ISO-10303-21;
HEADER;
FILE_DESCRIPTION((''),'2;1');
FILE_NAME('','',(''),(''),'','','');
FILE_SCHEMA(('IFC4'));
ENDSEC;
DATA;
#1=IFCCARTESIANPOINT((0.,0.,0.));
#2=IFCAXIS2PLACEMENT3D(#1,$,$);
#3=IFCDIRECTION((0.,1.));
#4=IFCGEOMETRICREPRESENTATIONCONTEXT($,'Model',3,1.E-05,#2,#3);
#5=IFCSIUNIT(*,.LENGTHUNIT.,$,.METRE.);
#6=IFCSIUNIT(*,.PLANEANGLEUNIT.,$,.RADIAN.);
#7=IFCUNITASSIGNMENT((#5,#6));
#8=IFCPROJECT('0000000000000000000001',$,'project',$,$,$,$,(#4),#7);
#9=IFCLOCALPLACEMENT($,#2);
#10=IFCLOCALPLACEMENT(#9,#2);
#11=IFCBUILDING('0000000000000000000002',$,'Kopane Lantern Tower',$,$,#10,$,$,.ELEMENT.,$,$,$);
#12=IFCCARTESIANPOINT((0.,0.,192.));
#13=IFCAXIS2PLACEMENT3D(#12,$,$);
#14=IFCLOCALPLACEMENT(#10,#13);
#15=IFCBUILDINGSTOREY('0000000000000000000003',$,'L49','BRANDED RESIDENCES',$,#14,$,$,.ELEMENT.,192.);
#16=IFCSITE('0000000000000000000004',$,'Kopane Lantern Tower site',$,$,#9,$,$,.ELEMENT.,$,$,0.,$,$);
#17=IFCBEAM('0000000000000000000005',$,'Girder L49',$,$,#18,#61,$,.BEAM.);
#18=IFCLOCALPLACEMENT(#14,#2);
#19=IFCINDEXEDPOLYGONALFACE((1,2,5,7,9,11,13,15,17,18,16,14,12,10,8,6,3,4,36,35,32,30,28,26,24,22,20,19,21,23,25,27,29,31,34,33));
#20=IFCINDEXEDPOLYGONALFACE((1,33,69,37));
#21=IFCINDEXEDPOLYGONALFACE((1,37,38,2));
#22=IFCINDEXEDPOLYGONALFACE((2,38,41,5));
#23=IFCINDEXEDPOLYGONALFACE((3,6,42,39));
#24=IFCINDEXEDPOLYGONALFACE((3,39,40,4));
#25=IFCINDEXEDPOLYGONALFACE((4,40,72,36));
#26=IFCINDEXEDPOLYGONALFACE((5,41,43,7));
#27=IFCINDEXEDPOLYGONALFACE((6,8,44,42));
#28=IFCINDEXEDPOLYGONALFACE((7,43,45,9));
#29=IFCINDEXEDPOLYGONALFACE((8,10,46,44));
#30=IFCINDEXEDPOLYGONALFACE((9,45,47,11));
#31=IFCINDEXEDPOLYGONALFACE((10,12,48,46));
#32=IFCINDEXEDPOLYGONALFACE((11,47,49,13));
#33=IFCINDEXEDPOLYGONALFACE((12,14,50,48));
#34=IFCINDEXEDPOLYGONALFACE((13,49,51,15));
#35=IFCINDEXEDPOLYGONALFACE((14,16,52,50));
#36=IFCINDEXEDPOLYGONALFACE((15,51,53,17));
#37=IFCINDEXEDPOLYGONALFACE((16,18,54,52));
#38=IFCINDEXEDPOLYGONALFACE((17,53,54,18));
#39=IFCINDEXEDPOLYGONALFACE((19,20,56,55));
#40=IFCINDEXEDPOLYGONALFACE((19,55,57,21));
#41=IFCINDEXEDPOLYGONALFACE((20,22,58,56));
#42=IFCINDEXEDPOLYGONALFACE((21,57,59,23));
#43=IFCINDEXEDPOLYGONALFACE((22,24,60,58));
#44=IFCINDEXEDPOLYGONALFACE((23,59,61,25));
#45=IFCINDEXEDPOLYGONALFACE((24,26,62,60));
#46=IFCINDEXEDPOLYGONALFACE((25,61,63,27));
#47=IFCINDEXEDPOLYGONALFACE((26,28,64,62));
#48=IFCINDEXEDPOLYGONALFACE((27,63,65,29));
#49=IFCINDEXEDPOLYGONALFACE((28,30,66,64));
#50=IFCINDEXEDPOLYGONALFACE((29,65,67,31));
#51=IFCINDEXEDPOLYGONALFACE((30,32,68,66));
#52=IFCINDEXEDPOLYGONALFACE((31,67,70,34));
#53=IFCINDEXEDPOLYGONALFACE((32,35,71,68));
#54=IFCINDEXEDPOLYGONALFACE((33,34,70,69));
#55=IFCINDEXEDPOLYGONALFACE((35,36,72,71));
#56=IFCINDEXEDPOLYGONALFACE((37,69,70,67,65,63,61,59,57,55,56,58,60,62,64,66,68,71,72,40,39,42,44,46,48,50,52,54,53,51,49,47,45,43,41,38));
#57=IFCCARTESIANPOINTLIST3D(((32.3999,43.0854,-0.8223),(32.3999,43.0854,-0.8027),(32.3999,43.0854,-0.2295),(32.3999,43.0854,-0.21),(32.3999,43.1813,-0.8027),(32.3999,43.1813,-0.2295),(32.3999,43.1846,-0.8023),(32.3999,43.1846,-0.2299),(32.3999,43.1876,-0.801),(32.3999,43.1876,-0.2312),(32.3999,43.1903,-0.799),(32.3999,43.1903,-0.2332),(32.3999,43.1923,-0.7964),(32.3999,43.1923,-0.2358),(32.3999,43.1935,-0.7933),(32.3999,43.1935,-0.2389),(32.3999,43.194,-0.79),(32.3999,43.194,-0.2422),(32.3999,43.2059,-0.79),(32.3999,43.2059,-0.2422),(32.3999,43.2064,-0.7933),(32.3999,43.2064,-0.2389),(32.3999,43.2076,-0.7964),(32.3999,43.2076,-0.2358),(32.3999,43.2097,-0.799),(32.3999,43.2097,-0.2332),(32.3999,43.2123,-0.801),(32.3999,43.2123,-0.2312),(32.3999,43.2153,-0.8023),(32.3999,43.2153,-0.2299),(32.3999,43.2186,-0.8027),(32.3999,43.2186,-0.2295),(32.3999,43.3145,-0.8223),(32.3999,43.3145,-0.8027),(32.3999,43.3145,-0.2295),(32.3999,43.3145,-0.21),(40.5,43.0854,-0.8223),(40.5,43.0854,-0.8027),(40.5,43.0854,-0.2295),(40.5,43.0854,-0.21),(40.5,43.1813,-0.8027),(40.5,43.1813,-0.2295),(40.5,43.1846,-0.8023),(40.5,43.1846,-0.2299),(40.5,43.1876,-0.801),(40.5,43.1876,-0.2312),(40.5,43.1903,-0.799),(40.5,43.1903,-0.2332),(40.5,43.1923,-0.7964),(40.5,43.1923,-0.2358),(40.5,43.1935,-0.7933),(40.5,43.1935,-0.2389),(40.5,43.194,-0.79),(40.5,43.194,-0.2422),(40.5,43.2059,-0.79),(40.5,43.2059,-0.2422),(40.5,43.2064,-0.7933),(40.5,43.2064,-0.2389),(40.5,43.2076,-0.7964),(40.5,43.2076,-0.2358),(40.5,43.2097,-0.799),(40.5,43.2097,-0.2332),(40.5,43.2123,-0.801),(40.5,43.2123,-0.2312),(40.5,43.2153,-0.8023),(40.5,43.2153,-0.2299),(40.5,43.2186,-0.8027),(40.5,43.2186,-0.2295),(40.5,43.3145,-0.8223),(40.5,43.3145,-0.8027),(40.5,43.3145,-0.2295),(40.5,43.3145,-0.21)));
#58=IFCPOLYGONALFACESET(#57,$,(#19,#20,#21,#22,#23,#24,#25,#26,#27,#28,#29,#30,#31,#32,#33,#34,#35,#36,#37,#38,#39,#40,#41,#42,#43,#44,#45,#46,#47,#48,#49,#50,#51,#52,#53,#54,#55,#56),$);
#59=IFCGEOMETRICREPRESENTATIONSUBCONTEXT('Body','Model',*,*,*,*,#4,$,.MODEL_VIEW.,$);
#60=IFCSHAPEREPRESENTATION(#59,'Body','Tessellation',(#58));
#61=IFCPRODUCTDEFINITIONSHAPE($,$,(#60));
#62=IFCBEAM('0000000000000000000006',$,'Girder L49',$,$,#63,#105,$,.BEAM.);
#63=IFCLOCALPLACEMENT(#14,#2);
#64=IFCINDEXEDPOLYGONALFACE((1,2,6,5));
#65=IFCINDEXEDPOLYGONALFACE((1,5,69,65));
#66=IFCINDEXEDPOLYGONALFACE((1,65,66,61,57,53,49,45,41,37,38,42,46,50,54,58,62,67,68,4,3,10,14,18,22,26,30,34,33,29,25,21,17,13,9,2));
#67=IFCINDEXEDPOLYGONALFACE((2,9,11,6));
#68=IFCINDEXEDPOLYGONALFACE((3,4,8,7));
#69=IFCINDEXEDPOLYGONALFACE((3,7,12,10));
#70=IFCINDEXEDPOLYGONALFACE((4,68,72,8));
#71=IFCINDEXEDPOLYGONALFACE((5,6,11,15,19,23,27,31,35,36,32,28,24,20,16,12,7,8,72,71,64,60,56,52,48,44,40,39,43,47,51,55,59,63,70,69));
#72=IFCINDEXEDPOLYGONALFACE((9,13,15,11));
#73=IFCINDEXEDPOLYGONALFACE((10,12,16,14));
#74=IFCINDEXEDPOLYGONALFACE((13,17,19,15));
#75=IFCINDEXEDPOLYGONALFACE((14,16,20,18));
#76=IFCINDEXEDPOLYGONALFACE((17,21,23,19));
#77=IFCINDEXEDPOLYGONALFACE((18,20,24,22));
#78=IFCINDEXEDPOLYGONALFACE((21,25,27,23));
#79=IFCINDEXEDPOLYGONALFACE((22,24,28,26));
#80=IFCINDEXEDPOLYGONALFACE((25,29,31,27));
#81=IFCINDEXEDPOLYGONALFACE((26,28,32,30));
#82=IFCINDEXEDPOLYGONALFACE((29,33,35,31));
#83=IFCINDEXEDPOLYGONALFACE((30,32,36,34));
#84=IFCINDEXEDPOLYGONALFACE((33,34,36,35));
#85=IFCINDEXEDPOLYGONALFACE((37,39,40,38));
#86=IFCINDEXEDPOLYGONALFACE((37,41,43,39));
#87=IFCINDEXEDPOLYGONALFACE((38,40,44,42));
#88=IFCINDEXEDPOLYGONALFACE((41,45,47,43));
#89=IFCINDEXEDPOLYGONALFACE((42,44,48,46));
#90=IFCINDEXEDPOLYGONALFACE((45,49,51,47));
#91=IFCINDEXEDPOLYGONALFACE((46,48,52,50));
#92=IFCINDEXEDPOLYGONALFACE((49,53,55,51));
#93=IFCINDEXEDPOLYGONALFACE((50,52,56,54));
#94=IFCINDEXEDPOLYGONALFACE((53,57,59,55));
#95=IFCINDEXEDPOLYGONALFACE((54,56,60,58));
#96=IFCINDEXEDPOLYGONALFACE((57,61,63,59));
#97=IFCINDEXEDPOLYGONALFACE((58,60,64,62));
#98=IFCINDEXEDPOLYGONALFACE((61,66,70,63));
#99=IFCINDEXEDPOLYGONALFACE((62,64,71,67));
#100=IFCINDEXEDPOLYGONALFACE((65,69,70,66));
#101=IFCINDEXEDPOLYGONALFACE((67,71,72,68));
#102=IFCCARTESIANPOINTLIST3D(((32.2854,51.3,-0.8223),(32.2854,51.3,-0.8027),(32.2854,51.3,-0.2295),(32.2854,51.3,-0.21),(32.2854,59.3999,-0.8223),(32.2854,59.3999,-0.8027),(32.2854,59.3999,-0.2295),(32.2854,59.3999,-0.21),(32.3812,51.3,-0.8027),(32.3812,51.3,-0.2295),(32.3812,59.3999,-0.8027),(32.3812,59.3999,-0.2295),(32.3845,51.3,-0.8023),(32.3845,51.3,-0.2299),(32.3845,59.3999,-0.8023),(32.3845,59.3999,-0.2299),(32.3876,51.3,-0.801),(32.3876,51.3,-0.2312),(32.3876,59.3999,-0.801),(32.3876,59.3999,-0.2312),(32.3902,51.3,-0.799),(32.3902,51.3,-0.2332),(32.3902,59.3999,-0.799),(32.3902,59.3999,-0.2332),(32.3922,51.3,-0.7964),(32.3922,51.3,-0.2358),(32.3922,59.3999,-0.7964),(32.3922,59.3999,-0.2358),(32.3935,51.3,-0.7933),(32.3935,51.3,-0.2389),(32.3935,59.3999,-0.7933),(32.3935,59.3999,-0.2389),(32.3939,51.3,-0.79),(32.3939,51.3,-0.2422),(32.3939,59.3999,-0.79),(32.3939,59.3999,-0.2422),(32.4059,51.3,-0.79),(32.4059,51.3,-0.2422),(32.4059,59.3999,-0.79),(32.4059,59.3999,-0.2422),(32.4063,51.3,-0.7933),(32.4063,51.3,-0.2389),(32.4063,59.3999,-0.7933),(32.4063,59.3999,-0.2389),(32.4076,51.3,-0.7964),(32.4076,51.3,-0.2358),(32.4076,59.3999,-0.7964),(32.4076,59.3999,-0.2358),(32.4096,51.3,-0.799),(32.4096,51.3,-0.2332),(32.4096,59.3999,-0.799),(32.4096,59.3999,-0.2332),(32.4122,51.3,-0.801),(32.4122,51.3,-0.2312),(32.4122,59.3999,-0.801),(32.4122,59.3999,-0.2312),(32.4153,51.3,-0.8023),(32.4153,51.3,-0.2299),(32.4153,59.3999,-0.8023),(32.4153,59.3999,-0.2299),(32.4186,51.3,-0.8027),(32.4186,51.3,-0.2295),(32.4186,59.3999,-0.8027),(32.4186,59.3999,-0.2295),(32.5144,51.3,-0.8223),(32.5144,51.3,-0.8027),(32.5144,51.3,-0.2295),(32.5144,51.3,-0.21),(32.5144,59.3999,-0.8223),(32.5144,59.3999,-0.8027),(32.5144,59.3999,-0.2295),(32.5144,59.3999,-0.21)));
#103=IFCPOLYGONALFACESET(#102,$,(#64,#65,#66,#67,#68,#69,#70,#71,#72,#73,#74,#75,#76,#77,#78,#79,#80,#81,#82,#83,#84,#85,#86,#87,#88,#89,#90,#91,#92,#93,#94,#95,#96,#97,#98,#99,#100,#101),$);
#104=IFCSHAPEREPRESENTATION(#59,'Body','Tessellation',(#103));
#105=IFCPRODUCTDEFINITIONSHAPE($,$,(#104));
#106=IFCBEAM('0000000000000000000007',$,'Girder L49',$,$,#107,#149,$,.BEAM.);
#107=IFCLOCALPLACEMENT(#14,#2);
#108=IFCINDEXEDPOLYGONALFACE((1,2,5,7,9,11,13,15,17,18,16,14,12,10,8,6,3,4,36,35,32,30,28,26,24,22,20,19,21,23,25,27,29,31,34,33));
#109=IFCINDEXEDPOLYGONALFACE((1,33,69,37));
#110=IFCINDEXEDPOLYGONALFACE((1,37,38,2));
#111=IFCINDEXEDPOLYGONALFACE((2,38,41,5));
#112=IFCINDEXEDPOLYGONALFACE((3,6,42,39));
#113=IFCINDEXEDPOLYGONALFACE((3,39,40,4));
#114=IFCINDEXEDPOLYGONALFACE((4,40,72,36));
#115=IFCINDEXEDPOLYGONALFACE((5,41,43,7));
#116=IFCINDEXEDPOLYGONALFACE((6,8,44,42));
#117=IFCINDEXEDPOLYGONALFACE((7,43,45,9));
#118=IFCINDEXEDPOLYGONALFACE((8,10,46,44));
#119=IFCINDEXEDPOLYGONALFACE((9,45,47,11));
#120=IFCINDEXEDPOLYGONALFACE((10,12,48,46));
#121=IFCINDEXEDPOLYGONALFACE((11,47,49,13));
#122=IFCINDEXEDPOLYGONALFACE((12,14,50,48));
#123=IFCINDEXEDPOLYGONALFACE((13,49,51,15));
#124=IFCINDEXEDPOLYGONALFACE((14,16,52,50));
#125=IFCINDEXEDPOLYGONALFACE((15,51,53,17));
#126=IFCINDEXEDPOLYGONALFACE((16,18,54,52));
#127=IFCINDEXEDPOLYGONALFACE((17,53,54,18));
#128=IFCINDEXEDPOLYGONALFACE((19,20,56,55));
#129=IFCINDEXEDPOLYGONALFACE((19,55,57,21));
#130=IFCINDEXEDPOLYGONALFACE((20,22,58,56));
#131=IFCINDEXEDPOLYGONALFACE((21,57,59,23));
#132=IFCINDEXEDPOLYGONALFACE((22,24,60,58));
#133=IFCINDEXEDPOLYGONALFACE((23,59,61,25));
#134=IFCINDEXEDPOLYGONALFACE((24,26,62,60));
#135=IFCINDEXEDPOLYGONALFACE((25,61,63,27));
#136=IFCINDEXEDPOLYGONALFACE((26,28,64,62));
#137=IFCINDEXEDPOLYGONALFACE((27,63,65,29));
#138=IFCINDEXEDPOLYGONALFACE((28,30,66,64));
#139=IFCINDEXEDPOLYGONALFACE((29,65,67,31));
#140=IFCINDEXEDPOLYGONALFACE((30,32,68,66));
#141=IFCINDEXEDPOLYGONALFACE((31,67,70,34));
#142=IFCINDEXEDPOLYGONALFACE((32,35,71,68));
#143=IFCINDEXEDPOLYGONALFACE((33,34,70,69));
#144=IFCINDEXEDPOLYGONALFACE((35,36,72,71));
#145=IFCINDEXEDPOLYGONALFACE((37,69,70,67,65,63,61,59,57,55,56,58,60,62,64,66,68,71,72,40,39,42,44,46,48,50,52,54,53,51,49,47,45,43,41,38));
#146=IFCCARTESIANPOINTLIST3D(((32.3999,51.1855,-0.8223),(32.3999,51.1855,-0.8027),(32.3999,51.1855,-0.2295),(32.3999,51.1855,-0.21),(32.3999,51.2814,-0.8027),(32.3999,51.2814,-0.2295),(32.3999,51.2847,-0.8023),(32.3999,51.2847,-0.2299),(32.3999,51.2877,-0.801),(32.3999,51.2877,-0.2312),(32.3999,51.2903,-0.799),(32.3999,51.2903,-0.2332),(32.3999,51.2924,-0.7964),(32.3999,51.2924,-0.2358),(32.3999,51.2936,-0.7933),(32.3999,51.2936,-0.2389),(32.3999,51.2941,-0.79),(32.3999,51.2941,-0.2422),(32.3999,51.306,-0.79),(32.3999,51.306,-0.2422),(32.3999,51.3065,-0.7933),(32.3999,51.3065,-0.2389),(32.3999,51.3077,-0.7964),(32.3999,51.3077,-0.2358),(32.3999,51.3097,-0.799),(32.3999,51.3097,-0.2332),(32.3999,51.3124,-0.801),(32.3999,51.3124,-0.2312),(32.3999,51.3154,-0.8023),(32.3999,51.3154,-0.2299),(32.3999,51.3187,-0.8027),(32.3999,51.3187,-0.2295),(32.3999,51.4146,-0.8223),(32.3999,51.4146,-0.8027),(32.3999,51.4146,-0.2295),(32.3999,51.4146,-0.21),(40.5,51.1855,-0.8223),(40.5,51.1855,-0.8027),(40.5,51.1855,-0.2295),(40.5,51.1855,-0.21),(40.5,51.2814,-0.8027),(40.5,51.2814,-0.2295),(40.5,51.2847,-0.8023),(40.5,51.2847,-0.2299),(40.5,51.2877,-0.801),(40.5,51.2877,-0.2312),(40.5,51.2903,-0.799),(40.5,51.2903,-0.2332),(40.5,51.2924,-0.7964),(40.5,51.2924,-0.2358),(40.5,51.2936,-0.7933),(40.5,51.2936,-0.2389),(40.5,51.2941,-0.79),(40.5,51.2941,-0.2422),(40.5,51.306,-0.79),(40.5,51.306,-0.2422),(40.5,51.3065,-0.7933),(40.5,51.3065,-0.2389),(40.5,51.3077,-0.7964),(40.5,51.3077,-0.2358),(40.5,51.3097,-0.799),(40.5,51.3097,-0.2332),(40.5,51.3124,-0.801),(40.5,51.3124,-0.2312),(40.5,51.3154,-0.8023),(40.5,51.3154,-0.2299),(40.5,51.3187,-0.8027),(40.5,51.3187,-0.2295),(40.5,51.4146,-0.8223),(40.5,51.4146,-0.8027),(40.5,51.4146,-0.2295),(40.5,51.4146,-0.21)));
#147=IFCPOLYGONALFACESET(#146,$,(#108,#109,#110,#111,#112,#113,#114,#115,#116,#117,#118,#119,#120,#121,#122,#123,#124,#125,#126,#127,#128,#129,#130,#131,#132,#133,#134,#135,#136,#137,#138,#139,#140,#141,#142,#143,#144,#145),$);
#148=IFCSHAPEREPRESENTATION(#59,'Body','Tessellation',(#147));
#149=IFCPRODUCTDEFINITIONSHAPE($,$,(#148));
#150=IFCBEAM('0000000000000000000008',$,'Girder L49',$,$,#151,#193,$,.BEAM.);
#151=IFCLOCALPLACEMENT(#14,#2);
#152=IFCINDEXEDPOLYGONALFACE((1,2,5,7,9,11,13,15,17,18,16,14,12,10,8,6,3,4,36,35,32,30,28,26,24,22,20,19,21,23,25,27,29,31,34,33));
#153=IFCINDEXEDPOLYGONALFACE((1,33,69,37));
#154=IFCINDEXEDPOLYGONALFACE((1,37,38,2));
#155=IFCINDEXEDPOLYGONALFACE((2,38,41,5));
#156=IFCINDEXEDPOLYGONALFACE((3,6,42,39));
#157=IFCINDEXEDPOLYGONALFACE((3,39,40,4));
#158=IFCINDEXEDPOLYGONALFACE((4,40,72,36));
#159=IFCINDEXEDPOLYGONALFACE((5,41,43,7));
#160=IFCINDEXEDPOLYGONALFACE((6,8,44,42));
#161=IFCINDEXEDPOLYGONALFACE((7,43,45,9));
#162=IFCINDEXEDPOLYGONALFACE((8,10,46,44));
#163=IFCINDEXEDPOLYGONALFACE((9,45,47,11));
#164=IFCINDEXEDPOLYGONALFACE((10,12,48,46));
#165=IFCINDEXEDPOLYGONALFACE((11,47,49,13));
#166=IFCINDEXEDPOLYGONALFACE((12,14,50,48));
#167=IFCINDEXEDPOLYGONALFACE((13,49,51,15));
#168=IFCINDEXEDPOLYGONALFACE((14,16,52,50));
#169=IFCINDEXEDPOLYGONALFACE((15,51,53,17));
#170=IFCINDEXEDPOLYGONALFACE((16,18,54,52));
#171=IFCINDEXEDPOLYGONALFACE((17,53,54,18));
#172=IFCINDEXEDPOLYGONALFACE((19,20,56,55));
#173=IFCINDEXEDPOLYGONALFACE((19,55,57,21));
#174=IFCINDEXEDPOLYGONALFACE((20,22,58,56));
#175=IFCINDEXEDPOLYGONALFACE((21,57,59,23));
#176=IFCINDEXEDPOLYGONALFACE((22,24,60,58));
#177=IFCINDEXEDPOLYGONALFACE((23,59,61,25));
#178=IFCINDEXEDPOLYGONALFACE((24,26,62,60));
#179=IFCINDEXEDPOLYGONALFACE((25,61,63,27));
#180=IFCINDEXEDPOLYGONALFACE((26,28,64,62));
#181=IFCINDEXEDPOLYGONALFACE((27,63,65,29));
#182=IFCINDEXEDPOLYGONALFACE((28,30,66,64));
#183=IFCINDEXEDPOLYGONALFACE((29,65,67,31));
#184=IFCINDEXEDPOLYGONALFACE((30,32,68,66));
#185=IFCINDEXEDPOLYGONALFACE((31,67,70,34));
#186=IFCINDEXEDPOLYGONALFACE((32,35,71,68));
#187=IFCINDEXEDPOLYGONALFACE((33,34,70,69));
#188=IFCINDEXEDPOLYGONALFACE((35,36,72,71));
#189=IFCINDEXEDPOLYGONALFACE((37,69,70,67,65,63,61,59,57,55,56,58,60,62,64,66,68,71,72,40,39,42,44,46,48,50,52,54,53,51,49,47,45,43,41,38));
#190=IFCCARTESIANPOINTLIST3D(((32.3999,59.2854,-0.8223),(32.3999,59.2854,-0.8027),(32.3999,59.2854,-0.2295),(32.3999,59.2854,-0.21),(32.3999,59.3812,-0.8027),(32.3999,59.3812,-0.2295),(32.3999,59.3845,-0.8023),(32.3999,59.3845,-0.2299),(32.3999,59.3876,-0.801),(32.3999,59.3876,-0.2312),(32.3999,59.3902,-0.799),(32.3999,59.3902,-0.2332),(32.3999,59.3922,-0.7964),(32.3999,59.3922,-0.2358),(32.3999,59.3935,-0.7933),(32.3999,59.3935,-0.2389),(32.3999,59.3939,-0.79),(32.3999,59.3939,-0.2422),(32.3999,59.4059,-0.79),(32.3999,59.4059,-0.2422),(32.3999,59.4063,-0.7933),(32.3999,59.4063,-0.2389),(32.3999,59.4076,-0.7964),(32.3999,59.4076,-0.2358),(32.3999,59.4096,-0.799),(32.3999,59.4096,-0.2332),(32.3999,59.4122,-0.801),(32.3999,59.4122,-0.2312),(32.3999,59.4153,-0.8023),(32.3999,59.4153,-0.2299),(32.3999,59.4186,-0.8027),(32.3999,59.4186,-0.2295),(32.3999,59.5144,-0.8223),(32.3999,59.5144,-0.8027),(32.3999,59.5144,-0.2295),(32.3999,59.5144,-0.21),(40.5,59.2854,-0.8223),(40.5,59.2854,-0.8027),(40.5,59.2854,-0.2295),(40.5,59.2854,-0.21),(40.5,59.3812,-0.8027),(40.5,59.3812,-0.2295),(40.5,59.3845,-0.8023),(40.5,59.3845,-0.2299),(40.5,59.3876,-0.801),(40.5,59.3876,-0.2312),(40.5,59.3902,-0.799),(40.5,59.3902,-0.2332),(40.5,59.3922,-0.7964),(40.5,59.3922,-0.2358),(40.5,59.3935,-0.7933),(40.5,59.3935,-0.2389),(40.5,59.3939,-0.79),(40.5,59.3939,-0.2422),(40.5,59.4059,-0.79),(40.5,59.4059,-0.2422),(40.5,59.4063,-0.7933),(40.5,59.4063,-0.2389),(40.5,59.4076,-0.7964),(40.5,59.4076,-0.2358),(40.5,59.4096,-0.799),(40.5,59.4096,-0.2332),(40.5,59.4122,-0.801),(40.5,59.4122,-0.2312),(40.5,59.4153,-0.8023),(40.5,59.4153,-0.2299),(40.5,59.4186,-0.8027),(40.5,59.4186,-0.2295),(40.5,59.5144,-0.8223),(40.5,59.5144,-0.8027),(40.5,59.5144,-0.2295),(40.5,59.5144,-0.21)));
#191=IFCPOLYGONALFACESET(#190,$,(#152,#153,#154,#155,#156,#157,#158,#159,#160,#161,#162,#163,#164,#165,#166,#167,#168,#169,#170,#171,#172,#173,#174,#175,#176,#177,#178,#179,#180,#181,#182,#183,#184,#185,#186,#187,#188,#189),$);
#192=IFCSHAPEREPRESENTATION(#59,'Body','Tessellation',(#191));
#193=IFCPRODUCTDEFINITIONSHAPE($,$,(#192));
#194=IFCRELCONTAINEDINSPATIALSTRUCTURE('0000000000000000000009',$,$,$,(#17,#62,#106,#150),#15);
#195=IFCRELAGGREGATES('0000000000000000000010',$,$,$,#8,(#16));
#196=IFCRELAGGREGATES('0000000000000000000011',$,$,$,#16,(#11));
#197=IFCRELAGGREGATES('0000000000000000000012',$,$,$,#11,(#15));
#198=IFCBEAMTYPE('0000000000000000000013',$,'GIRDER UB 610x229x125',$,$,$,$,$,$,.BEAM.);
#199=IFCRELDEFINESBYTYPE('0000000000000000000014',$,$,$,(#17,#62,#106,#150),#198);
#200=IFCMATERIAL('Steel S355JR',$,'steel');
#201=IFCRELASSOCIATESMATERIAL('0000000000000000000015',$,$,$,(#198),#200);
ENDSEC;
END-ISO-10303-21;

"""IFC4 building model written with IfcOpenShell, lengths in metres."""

from ifc_helpers import new_model, si_unit, direction, frame, origin, origin_2d, place, context, subcontext, project, spatial, i_section, extrude, material, material_profile, profile_set, type_object, element, save


model = new_model("IFC4")

# Units and contexts
model_context = context("Model", 3, precision=1e-05, world=origin(), true_north=direction((0.0, 1.0)))
body_context = subcontext(model_context, "Body", "Model", "MODEL_VIEW")
ifc_project = project(units=[si_unit("LENGTHUNIT", "METRE"), si_unit("PLANEANGLEUNIT", "RADIAN")], contexts=[model_context])

# Site, building, storey
site_placement = place(None, origin())
site = spatial("IfcSite", under=ifc_project, at=site_placement, Name="Kopane Lantern Tower site", CompositionType="ELEMENT", RefElevation=0.0)
building_placement = place(site_placement, origin())
building = spatial("IfcBuilding", under=site, at=building_placement, Name="Kopane Lantern Tower", CompositionType="ELEMENT")
storey_placement = place(building_placement, frame((0.0, 0.0, 192.0)))
storey = spatial("IfcBuildingStorey", under=building, at=storey_placement, Name="L49", Description="BRANDED RESIDENCES", CompositionType="ELEMENT", Elevation=192.0)

# Beams
ifc_material_1 = material(Name="Steel S355JR", Category="steel")
ifc_material_profile_1 = material_profile(ifc_material_1, i_section(OverallWidth=0.229, OverallDepth=0.6123, WebThickness=0.012, FlangeThickness=0.0195, FilletRadius=0.0127, at=origin_2d()), Name="UB 610x229x125")
ifc_profile_set_1 = profile_set([ifc_material_profile_1], Name="Steel S355JR")
beam_type = type_object("IfcBeamType", Name="GIRDER UB 610x229x125", PredefinedType="BEAM", material=ifc_profile_set_1)
for number, where, z_axis, x_axis, name in (
    (1, (32.3999, 43.2, -0.5161), (1.0, 0.0, 0.0), (0.0, 1.0, 0.0), "Girder L49"),
):
    element("IfcBeam", number, at=place(storey_placement, frame(where, z_axis=z_axis, x_axis=x_axis)), inside=storey, type_object=beam_type, Name=name, PredefinedType="BEAM", context=body_context, shape_type="SweptSolid", body=[
        extrude(i_section(OverallWidth=0.229, OverallDepth=0.6123, WebThickness=0.012, FlangeThickness=0.0195, FilletRadius=0.0127, at=origin_2d()), origin(), (0.0, 0.0, 1.0), 8.1001),
    ])
beam_placement = place(storey_placement, frame((32.3999, 51.3, -0.5161), z_axis=(0.0, 1.0, 0.0), x_axis=(-1.0, 0.0, 0.0)))
element("IfcBeam", 2, at=beam_placement, inside=storey, type_object=beam_type, Name="Girder L49", PredefinedType="BEAM", context=body_context, shape_type="SweptSolid", body=[
    extrude(i_section(OverallWidth=0.229, OverallDepth=0.6123, WebThickness=0.012, FlangeThickness=0.0195, FilletRadius=0.0127, at=origin_2d()), origin(), (0.0, 0.0, 1.0), 8.0999),
])
for number, where, z_axis, x_axis, name in (
    (3, (32.3999, 51.3, -0.5161), (1.0, 0.0, 0.0), (0.0, 1.0, 0.0), "Girder L49"),
    (4, (32.3999, 59.3999, -0.5161), (1.0, 0.0, 0.0), (0.0, 1.0, 0.0), "Girder L49"),
):
    element("IfcBeam", number, at=place(storey_placement, frame(where, z_axis=z_axis, x_axis=x_axis)), inside=storey, type_object=beam_type, Name=name, PredefinedType="BEAM", context=body_context, shape_type="SweptSolid", body=[
        extrude(i_section(OverallWidth=0.229, OverallDepth=0.6123, WebThickness=0.012, FlangeThickness=0.0195, FilletRadius=0.0127, at=origin_2d()), origin(), (0.0, 0.0, 1.0), 8.1001),
    ])

save(model, "model.ifc")
